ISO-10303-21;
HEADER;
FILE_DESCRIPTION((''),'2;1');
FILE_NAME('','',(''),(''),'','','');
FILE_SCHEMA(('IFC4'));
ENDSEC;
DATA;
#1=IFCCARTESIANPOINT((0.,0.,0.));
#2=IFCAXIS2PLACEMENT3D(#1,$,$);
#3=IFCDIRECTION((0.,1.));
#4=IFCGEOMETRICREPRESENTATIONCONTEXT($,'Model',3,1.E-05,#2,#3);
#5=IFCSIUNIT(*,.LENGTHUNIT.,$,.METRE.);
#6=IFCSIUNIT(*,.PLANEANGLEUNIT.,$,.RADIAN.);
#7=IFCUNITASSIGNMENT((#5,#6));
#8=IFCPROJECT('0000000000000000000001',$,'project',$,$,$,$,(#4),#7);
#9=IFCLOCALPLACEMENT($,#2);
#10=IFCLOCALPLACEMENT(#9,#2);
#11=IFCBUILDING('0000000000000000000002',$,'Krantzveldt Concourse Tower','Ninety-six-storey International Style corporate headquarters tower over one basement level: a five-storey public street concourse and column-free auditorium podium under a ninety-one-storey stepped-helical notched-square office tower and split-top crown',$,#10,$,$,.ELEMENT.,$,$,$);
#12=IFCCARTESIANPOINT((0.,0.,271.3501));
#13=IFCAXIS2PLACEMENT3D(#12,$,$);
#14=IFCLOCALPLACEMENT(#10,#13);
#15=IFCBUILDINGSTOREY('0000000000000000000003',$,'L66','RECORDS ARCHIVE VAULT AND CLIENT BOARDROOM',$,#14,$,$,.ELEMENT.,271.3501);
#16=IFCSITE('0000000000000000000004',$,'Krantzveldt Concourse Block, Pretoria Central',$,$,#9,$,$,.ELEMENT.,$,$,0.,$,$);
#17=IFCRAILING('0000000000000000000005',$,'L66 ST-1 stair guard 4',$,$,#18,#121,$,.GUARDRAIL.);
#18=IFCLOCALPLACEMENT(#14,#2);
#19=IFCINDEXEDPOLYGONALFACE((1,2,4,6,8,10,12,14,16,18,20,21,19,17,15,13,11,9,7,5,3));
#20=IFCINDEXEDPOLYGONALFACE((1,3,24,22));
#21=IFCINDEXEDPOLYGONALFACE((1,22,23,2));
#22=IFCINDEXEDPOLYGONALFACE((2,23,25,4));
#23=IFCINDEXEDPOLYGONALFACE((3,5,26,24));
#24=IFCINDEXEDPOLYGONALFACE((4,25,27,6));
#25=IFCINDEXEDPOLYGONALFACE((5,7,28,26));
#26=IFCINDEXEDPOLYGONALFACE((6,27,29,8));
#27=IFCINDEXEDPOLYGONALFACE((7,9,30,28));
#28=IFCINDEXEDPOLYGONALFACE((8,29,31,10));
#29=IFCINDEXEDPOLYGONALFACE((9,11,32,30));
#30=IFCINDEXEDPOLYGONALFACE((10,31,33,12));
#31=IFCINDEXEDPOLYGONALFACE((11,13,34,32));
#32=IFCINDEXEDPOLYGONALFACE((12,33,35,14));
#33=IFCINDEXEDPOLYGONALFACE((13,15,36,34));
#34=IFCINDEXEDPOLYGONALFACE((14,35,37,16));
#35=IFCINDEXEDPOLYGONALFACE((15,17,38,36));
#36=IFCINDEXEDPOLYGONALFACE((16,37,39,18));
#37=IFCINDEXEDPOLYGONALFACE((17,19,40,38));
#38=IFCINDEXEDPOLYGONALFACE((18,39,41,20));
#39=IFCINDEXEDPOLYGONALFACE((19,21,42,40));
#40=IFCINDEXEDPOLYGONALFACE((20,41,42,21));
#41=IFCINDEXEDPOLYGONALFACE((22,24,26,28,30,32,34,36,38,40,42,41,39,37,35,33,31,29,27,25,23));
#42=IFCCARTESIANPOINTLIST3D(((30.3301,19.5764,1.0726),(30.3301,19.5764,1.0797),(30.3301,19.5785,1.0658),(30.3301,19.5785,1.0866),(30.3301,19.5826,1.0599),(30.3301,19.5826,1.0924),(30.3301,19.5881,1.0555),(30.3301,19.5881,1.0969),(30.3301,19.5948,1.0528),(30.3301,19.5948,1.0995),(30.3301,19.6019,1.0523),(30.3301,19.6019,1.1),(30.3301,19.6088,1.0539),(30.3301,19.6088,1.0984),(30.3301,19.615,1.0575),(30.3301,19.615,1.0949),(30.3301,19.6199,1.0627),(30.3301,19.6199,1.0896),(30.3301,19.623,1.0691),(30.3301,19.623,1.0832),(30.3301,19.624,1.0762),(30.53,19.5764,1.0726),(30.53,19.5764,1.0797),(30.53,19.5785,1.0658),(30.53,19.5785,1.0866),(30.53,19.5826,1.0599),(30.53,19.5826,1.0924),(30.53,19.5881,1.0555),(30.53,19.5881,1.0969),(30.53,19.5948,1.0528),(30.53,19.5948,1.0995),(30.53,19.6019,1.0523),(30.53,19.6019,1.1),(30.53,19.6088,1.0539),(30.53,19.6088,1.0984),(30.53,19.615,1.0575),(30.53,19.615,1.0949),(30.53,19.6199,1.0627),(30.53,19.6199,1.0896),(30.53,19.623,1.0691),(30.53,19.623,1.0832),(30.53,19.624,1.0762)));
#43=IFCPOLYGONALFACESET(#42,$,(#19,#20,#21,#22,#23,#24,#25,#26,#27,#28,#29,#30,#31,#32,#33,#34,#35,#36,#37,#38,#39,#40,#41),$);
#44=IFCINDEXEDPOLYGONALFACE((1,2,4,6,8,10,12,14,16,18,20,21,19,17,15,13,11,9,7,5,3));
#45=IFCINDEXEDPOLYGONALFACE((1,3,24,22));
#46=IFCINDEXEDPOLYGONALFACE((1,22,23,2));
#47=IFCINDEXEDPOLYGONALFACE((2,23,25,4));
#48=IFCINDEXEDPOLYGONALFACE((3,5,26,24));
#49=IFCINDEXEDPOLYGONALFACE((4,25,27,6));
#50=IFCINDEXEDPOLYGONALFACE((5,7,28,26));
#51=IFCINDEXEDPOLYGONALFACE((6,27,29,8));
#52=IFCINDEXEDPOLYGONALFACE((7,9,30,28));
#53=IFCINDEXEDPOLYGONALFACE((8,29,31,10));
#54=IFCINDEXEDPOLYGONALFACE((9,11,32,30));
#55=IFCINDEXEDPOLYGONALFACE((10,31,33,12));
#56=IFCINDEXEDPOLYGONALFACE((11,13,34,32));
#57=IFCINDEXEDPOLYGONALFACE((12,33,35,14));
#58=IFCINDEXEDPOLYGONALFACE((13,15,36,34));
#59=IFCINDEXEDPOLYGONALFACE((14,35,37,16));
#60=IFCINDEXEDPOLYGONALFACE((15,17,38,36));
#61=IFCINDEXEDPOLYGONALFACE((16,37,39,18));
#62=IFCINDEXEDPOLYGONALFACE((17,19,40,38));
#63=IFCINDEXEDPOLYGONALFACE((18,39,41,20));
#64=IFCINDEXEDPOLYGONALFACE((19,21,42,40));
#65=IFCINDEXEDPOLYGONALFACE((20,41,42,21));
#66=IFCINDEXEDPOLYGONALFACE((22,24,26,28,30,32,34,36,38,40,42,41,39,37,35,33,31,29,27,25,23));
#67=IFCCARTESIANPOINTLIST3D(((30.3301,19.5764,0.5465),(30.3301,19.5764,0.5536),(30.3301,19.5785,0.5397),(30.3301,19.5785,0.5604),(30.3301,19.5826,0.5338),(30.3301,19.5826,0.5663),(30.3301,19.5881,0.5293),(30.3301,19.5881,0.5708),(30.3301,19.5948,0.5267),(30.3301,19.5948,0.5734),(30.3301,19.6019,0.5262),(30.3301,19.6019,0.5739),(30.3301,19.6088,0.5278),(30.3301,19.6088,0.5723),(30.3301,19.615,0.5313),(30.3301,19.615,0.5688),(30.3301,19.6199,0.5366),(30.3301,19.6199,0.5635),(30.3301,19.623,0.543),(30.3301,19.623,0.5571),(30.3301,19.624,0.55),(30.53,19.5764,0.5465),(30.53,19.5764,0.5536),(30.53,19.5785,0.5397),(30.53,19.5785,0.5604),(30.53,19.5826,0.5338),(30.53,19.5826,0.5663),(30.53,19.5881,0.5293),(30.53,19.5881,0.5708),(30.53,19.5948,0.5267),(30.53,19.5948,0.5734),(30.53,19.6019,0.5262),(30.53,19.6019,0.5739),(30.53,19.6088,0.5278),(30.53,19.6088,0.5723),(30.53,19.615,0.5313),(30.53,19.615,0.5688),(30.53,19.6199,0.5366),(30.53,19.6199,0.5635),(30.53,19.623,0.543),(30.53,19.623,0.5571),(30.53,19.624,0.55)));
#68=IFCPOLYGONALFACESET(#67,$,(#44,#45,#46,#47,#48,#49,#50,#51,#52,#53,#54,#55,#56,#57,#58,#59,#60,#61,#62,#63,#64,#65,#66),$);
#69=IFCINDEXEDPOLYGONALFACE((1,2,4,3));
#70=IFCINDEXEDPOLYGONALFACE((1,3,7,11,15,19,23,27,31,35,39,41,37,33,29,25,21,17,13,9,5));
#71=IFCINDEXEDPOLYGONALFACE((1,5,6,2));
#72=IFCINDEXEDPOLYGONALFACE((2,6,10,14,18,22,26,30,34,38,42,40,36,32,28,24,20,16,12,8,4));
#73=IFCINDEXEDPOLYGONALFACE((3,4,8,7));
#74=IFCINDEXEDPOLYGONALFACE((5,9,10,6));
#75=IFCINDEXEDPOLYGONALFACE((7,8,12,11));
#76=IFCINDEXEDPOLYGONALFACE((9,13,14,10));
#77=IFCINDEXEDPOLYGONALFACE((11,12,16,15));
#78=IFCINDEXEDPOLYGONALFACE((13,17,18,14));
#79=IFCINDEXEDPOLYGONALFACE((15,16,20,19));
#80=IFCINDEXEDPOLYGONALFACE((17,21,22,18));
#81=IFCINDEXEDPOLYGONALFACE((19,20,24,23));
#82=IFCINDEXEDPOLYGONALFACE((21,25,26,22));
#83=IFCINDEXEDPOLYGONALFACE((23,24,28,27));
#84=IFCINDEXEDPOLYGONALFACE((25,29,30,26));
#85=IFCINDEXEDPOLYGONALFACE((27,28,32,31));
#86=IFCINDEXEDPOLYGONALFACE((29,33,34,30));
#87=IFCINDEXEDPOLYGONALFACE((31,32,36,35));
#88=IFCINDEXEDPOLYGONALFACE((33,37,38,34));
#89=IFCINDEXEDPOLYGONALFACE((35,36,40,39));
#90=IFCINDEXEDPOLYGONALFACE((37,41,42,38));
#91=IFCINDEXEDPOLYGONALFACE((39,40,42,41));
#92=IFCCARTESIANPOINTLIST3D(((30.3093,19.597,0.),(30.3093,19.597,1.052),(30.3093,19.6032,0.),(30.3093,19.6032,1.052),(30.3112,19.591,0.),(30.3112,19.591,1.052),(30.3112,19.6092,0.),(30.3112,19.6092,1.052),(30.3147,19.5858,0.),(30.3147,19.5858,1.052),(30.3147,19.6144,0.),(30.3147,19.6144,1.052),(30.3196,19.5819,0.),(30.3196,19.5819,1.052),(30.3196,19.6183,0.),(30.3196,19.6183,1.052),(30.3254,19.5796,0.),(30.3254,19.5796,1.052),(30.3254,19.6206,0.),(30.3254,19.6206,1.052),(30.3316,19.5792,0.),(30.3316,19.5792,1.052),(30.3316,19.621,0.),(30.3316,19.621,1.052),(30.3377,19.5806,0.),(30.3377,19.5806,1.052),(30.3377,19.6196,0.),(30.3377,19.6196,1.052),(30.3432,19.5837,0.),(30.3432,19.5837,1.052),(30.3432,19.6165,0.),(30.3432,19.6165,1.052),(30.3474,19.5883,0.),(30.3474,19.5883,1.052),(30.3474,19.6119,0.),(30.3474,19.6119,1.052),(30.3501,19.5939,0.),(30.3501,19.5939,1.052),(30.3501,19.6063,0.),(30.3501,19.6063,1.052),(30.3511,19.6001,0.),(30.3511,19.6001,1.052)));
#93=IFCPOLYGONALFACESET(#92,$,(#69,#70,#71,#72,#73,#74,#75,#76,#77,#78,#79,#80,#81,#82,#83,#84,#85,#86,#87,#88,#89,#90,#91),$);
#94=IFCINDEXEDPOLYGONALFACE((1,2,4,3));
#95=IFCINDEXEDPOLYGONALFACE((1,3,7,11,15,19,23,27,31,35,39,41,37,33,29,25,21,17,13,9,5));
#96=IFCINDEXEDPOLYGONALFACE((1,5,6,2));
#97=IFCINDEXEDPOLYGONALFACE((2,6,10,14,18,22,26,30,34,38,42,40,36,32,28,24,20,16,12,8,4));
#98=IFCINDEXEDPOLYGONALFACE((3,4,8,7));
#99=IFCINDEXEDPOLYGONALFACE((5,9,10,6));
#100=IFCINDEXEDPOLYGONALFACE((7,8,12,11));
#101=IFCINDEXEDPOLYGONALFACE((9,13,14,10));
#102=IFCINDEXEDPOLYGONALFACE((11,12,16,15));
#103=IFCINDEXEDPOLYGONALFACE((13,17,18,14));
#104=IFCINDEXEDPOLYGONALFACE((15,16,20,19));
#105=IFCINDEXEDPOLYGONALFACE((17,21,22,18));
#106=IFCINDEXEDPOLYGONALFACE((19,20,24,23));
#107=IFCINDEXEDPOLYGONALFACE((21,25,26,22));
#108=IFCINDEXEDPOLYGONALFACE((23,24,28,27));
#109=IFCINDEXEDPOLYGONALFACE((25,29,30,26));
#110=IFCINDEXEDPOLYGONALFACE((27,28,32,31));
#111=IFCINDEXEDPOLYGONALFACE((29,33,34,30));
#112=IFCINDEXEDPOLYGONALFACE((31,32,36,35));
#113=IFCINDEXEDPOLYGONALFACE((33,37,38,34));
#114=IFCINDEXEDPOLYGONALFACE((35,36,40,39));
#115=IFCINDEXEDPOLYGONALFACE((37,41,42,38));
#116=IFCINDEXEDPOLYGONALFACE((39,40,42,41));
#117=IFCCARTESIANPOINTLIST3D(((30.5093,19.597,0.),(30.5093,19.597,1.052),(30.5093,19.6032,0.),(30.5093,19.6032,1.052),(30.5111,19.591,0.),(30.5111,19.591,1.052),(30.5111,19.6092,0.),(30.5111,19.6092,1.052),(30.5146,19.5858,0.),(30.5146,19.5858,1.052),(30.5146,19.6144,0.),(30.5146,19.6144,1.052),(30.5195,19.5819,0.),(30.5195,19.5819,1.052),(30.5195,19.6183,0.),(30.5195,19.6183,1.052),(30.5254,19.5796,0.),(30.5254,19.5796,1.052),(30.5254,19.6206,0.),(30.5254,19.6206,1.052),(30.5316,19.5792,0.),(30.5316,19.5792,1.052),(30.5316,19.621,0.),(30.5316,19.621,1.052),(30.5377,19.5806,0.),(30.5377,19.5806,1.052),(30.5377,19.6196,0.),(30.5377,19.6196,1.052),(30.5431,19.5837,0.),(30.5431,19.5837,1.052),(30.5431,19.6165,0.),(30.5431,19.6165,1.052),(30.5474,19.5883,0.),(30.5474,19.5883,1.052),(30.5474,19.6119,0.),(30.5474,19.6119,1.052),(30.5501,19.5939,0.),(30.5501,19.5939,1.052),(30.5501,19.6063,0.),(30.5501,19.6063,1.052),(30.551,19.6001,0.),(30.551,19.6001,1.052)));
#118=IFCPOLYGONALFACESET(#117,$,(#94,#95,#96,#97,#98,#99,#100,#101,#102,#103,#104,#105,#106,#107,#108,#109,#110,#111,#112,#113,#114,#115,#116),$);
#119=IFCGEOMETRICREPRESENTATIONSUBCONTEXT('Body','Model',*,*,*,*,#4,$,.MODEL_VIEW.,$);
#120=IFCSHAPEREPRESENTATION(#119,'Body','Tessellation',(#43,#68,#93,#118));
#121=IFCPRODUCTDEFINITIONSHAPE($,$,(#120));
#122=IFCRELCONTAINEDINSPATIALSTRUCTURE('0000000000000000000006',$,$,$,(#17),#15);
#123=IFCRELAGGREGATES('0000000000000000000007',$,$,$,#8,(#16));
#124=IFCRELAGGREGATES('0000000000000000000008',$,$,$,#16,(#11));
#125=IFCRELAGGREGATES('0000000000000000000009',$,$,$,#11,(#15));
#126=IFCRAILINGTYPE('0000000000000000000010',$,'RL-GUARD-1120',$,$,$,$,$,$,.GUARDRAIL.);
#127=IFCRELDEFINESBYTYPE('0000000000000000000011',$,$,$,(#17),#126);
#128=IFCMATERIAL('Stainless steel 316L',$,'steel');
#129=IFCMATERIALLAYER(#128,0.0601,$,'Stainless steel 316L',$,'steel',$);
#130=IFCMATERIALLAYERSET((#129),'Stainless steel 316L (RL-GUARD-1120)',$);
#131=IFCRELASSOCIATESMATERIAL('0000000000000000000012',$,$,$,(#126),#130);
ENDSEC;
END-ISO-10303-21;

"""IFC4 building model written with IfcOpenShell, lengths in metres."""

from ifc_helpers import new_model, si_unit, direction, frame, origin, origin_2d, place, context, subcontext, project, spatial, circle, extrude, material, layer, layer_set, type_object, element, save


model = new_model("IFC4")

# Units and contexts
model_context = context("Model", 3, precision=1e-05, world=origin(), true_north=direction((0.0, 1.0)))
body_context = subcontext(model_context, "Body", "Model", "MODEL_VIEW")
ifc_project = project(units=[si_unit("LENGTHUNIT", "METRE"), si_unit("PLANEANGLEUNIT", "RADIAN")], contexts=[model_context])

# Site, building, storey
site_placement = place(None, origin())
site = spatial("IfcSite", under=ifc_project, at=site_placement, Name="Krantzveldt Concourse Block, Pretoria Central", CompositionType="ELEMENT", RefElevation=0.0)
building_placement = place(site_placement, origin())
building = spatial("IfcBuilding", under=site, at=building_placement, Name="Krantzveldt Concourse Tower", Description="Ninety-six-storey International Style corporate headquarters tower over one basement level: a five-storey public street concourse and column-free auditorium podium under a ninety-one-storey stepped-helical notched-square office tower and split-top crown", CompositionType="ELEMENT")
storey_placement = place(building_placement, frame((0.0, 0.0, 271.3501)))
storey = spatial("IfcBuildingStorey", under=building, at=storey_placement, Name="L66", Description="RECORDS ARCHIVE VAULT AND CLIENT BOARDROOM", CompositionType="ELEMENT", Elevation=271.3501)

# Railing
ifc_material_1 = material(Name="Stainless steel 316L", Category="steel")
ifc_layer_1 = layer(ifc_material_1, 0.0601, Name="Stainless steel 316L", Category="steel")
ifc_layer_set_1 = layer_set([ifc_layer_1], Name="Stainless steel 316L (RL-GUARD-1120)")
railing_type_1 = type_object("IfcRailingType", Name="RL-GUARD-1120", PredefinedType="GUARDRAIL", material=ifc_layer_set_1)
railing_1_placement = place(storey_placement, frame((30.3301, 19.6001, 0.0)))
element("IfcRailing", 1, at=railing_1_placement, inside=storey, type_object=railing_type_1, Name="L66 ST-1 stair guard 4", PredefinedType="GUARDRAIL", context=body_context, shape_type="SweptSolid", body=[
    extrude(circle(Radius=0.0239, at=origin_2d()), frame((0.0, 0.0, 1.0762), z_axis=(1.0, 0.0, 0.0), x_axis=(0.0, 1.0, 0.0)), (0.0, 0.0, 1.0), 0.2),
    extrude(circle(Radius=0.0239, at=origin_2d()), frame((0.0, 0.0, 0.55), z_axis=(1.0, 0.0, 0.0), x_axis=(0.0, 1.0, 0.0)), (0.0, 0.0, 1.0), 0.2),
    extrude(circle(Radius=0.021, at=origin_2d()), origin(), (0.0, 0.0, 1.0), 1.052),
    extrude(circle(Radius=0.021, at=origin_2d()), frame((0.2, 0.0, 0.0)), (0.0, 0.0, 1.0), 1.052),
])

save(model, "model.ifc")
